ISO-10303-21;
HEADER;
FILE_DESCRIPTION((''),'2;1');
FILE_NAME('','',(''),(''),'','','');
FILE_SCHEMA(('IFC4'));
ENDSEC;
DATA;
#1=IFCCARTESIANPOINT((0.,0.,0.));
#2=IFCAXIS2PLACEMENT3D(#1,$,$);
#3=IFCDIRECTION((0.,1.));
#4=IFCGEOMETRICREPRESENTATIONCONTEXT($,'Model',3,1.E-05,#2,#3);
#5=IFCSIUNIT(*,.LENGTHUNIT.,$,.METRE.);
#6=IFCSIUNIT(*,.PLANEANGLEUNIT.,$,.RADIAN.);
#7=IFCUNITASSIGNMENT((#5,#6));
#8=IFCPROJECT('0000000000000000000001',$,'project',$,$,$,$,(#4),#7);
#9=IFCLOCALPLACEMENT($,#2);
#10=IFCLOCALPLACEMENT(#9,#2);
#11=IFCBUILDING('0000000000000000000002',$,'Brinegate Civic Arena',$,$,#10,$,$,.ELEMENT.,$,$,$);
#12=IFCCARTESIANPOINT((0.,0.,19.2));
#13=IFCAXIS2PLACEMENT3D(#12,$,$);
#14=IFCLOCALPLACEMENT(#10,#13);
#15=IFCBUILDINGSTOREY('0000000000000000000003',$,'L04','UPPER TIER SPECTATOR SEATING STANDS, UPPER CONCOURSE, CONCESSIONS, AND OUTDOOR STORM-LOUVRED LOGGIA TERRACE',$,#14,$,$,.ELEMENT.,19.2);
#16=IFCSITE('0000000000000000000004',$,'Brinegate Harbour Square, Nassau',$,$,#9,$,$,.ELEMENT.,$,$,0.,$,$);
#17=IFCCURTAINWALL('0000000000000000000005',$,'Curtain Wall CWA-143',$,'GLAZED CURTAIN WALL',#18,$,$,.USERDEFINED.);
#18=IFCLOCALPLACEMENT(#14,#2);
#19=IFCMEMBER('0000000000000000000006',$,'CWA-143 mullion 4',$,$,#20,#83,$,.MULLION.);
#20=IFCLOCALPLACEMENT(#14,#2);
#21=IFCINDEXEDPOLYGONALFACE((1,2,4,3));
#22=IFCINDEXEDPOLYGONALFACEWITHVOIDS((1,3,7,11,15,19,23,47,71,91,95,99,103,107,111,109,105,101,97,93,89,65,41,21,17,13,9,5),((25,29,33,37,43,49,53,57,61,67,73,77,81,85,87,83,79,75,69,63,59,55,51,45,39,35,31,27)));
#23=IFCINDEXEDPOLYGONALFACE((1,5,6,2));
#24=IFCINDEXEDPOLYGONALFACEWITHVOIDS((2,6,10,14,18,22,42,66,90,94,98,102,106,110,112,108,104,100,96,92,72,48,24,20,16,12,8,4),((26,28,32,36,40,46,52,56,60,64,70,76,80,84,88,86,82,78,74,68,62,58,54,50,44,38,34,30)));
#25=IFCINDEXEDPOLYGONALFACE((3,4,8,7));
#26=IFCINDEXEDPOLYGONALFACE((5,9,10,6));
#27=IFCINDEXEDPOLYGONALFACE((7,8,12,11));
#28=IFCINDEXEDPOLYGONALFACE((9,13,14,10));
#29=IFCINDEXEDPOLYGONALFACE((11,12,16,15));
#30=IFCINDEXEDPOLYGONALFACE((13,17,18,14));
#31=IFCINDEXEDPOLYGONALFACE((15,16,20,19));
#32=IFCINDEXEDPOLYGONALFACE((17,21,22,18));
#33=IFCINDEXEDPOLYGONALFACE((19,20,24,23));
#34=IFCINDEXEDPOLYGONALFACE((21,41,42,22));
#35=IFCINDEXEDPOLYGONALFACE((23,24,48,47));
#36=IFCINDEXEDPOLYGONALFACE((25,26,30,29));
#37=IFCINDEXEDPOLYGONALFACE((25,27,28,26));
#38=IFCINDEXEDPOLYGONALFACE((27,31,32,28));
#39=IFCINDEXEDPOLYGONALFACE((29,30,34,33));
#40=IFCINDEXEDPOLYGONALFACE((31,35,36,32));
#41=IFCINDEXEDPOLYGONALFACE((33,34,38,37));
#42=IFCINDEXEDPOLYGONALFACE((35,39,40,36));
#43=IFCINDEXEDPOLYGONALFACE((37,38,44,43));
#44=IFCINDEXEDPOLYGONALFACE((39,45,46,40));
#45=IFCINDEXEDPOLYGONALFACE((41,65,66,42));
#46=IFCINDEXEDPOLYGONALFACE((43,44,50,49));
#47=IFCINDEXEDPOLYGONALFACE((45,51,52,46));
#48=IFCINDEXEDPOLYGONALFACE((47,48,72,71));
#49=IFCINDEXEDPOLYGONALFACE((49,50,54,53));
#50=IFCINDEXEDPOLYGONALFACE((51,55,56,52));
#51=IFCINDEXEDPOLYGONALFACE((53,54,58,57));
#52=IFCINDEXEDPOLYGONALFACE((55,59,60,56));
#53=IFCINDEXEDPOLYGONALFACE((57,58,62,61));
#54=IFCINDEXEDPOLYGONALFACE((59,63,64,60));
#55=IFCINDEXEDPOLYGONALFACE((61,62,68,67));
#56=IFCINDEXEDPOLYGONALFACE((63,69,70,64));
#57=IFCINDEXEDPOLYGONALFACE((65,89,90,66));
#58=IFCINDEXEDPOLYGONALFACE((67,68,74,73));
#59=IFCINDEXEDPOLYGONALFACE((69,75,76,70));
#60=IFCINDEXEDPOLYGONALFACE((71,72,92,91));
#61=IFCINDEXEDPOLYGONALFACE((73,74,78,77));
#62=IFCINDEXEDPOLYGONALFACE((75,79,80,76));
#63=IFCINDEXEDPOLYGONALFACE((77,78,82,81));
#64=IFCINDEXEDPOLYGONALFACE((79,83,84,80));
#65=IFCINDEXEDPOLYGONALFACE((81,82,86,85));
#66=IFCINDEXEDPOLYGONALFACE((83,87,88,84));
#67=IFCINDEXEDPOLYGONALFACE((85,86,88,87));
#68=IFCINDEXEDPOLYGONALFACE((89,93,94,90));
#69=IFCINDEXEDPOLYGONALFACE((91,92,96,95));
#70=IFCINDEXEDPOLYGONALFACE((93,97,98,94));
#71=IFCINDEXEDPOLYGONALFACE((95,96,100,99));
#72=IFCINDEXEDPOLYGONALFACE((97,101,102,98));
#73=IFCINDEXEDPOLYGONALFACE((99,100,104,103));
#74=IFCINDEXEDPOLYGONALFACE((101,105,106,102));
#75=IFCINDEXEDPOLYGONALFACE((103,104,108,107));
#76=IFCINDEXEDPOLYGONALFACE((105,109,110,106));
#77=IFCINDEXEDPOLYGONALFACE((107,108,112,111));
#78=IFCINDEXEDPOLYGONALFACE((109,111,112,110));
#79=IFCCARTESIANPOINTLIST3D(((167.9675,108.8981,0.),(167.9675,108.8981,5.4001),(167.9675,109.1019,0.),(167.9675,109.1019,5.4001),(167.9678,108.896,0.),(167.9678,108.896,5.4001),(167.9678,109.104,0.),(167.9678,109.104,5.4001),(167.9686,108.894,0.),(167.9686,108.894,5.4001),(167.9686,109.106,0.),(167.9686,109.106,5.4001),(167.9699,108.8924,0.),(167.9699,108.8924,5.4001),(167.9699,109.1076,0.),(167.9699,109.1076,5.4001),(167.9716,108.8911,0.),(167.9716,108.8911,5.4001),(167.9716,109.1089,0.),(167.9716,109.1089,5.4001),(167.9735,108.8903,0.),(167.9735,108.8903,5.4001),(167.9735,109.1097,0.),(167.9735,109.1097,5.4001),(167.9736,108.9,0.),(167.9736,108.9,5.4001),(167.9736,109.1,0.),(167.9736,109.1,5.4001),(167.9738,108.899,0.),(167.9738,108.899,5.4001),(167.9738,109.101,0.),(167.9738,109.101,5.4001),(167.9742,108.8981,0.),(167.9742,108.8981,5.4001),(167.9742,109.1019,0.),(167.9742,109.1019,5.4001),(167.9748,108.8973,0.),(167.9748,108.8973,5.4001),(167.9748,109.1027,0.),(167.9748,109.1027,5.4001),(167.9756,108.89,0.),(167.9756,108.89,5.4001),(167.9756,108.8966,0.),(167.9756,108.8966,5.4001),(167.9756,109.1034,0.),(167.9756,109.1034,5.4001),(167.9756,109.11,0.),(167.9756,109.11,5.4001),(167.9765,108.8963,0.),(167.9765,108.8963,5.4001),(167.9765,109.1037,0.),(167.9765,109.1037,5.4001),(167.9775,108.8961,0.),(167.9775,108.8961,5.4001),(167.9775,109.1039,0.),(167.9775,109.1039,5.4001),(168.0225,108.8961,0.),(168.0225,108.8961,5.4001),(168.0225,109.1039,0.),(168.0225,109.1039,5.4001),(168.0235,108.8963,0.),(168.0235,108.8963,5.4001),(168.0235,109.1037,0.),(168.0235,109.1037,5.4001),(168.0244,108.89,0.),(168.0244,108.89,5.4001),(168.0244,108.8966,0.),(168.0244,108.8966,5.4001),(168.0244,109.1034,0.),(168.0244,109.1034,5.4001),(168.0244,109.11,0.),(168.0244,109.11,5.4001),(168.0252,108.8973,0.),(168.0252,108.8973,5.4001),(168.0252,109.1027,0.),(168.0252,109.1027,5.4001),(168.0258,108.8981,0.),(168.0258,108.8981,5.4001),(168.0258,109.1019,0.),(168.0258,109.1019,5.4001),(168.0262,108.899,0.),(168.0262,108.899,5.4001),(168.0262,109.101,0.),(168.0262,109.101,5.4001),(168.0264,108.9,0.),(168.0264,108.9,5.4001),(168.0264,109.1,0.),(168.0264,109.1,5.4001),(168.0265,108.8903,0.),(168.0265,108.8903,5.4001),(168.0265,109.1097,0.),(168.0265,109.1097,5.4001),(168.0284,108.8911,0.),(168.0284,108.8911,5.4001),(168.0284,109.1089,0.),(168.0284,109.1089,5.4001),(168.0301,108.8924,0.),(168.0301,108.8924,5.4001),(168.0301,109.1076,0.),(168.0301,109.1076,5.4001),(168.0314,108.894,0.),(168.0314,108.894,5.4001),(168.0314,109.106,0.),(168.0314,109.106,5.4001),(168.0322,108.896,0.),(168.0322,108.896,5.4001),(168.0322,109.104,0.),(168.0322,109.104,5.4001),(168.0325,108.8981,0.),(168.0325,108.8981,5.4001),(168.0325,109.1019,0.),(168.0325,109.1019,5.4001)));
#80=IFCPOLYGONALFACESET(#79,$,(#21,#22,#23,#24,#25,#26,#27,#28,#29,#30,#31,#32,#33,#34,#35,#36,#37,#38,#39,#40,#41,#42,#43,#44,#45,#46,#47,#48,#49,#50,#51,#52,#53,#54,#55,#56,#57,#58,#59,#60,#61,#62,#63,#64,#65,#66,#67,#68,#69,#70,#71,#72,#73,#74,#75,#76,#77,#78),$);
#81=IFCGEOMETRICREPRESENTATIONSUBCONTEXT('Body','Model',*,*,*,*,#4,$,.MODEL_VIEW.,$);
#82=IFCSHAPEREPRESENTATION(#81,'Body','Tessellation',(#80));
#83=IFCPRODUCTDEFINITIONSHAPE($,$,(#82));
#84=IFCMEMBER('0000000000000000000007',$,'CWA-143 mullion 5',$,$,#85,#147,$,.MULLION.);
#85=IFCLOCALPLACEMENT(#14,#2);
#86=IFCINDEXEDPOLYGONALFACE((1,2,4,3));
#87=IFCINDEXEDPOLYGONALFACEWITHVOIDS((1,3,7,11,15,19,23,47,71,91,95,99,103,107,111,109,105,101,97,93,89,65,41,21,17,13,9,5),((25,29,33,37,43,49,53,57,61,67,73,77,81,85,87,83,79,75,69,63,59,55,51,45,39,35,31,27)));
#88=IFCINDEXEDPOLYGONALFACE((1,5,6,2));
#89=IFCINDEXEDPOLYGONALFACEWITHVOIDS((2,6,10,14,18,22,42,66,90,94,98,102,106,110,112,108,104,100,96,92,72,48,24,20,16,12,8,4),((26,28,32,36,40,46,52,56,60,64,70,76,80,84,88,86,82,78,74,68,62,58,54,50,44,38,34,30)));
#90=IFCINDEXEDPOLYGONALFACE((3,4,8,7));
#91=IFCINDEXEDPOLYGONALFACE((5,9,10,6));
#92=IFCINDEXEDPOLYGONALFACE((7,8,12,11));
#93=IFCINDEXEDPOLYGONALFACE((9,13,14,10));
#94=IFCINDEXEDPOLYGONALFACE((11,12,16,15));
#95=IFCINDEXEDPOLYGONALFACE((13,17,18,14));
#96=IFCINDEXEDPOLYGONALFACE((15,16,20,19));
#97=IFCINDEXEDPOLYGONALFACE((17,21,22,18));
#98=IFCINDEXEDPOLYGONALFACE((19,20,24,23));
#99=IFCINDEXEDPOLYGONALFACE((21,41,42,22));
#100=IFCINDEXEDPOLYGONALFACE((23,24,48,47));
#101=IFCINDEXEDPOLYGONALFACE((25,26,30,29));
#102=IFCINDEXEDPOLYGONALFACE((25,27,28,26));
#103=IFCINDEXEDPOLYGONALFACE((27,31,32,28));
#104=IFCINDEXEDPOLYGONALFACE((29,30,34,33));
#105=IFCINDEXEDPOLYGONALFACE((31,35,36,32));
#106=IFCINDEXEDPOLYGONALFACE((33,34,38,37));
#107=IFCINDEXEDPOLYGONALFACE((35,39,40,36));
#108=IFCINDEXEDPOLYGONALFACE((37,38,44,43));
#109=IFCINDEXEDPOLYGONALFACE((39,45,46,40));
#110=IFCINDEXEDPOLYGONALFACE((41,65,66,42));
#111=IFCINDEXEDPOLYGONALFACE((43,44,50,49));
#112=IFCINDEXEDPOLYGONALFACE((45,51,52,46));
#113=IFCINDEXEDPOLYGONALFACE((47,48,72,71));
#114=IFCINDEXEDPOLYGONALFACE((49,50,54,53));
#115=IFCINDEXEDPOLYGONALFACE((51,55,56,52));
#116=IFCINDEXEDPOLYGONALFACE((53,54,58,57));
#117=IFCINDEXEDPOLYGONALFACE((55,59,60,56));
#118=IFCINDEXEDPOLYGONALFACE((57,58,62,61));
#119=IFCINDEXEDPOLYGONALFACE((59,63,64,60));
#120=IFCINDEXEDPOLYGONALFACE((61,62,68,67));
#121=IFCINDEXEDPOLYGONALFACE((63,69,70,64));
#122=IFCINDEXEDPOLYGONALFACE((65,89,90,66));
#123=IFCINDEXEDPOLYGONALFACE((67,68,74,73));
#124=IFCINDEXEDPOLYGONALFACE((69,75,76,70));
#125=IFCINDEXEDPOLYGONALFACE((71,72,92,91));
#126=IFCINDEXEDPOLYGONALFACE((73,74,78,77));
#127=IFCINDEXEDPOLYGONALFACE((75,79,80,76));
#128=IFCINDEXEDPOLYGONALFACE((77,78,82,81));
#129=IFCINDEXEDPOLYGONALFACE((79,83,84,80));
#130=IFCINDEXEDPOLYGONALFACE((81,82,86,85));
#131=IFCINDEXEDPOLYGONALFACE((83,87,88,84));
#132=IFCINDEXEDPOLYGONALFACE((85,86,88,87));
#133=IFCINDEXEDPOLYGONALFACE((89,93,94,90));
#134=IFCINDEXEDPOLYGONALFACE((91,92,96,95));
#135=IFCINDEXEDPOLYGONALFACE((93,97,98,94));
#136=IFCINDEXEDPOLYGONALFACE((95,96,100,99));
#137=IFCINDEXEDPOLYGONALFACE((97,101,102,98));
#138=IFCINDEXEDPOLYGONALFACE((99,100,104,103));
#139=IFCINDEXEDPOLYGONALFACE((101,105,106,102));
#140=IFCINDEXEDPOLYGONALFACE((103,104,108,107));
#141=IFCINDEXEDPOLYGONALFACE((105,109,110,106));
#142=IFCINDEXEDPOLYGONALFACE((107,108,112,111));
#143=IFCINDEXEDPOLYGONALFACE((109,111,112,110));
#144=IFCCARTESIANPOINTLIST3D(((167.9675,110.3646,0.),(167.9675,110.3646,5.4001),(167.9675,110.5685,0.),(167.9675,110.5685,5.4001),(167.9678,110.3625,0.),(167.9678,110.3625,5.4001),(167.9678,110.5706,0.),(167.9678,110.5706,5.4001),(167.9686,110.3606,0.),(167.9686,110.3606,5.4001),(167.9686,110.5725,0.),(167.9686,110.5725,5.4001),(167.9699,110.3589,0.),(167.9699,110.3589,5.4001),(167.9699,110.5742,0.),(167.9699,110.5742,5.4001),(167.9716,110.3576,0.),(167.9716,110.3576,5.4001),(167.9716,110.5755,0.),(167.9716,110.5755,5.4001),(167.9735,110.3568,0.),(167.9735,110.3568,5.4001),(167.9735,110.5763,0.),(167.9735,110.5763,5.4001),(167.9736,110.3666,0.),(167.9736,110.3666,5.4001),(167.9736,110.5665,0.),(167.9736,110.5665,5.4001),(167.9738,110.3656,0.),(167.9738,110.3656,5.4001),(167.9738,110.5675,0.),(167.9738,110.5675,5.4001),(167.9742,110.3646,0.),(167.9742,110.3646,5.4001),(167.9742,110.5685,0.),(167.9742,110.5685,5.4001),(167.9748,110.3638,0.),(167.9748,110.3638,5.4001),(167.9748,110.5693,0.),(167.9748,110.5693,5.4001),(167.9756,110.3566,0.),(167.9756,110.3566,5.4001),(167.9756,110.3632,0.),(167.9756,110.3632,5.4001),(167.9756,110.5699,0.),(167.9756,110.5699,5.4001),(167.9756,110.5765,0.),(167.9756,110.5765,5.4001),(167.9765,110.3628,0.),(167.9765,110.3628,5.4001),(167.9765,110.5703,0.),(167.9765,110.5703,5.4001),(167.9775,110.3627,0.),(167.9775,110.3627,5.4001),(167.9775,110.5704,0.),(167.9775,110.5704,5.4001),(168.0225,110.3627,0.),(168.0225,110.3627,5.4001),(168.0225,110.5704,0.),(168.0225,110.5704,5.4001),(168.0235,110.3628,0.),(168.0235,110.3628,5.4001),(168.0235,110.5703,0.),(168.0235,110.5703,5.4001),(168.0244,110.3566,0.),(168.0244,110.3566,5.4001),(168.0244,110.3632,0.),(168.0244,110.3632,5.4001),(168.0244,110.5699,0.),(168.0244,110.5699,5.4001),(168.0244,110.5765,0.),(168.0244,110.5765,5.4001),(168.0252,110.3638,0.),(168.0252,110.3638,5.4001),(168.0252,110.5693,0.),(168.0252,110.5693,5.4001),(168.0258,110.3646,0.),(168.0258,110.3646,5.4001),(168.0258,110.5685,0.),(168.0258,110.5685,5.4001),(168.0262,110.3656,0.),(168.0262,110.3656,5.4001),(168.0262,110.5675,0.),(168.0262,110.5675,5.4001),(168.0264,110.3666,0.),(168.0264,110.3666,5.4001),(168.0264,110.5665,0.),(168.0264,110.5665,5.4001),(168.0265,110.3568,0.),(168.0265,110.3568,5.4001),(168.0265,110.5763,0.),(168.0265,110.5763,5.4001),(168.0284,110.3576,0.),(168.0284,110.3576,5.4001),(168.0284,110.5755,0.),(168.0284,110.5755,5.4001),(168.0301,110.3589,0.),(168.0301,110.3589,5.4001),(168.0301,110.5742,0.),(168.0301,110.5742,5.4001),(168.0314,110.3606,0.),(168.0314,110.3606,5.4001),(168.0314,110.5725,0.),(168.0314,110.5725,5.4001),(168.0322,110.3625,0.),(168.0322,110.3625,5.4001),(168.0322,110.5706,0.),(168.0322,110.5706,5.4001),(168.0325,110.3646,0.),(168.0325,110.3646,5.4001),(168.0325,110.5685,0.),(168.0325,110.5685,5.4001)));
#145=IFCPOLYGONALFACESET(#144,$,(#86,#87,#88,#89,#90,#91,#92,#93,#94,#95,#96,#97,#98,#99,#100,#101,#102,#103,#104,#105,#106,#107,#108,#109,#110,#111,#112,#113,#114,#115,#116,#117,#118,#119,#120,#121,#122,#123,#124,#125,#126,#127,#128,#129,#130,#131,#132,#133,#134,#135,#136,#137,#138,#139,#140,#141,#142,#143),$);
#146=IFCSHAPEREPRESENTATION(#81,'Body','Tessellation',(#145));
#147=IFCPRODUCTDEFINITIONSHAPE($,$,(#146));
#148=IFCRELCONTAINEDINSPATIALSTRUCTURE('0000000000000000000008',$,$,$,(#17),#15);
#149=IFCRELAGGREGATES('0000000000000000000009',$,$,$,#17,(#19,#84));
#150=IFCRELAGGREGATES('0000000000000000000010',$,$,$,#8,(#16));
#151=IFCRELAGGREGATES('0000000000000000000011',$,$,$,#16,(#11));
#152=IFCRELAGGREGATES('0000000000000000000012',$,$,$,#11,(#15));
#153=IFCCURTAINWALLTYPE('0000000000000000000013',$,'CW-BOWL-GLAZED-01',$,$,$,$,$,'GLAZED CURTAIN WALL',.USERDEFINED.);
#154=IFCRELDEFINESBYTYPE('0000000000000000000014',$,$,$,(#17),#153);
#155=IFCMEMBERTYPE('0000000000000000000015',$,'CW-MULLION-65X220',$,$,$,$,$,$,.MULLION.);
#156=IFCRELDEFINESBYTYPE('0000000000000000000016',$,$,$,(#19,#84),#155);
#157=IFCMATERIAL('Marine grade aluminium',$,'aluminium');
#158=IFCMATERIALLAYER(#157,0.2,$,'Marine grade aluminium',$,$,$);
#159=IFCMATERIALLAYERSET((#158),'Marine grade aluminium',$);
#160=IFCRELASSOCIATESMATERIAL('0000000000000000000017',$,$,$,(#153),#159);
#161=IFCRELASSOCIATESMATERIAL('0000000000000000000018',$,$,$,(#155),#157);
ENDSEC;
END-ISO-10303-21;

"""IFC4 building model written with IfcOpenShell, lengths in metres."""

from ifc_helpers import new_model, si_unit, direction, frame, origin, origin_2d, place, context, subcontext, project, spatial, hollow_rectangle, extrude, material, layer, layer_set, material_profile, profile_set, type_object, element, aggregate, save


model = new_model("IFC4")

# Units and contexts
model_context = context("Model", 3, precision=1e-05, world=origin(), true_north=direction((0.0, 1.0)))
body_context = subcontext(model_context, "Body", "Model", "MODEL_VIEW")
ifc_project = project(units=[si_unit("LENGTHUNIT", "METRE"), si_unit("PLANEANGLEUNIT", "RADIAN")], contexts=[model_context])

# Site, building, storey
site_placement = place(None, origin())
site = spatial("IfcSite", under=ifc_project, at=site_placement, Name="Brinegate Harbour Square, Nassau", CompositionType="ELEMENT", RefElevation=0.0)
building_placement = place(site_placement, origin())
building = spatial("IfcBuilding", under=site, at=building_placement, Name="Brinegate Civic Arena", CompositionType="ELEMENT")
storey_placement = place(building_placement, frame((0.0, 0.0, 19.2)))
storey = spatial("IfcBuildingStorey", under=building, at=storey_placement, Name="L04", Description="UPPER TIER SPECTATOR SEATING STANDS, UPPER CONCOURSE, CONCESSIONS, AND OUTDOOR STORM-LOUVRED LOGGIA TERRACE", CompositionType="ELEMENT", Elevation=19.2)

# Curtain wall, members
ifc_material_1 = material(Name="Marine grade aluminium", Category="aluminium")
ifc_layer_1 = layer(ifc_material_1, 0.2, Name="Marine grade aluminium")
ifc_layer_set_1 = layer_set([ifc_layer_1], Name="Marine grade aluminium")
curtain_wall_type = type_object("IfcCurtainWallType", Name="CW-BOWL-GLAZED-01", ElementType="GLAZED CURTAIN WALL", PredefinedType="USERDEFINED", material=ifc_layer_set_1)
curtain_wall_placement = place(storey_placement, origin())
curtain_wall = element("IfcCurtainWall", 1, at=curtain_wall_placement, inside=storey, type_object=curtain_wall_type, Name="Curtain Wall CWA-143", ObjectType="GLAZED CURTAIN WALL", PredefinedType="USERDEFINED")
ifc_material_profile_1 = material_profile(ifc_material_1, hollow_rectangle(XDim=0.0649, YDim=0.22, WallThickness=0.0061, InnerFilletRadius=0.0039, OuterFilletRadius=0.0081, at=origin_2d()), Name="MUL65X220")
ifc_profile_set_1 = profile_set([ifc_material_profile_1], Name="Marine grade aluminium")
member_type_1 = type_object("IfcMemberType", Name="CW-MULLION-65X220", PredefinedType="MULLION", material=ifc_profile_set_1)
member_1_placement = place(storey_placement, frame((168.0, 109.0, 0.0), z_axis=(0.0, 0.0, 1.0), x_axis=(-1.0, 0.0, 0.0)))
member_1 = element("IfcMember", 2, at=member_1_placement, type_object=member_type_1, Name="CWA-143 mullion 4", PredefinedType="MULLION", context=body_context, shape_type="SweptSolid", body=[
    extrude(hollow_rectangle(XDim=0.0649, YDim=0.22, WallThickness=0.0061, InnerFilletRadius=0.0039, OuterFilletRadius=0.0081, at=origin_2d()), origin(), (0.0, 0.0, 1.0), 5.4001),
])
member_2_placement = place(storey_placement, frame((168.0, 110.4666, 0.0), z_axis=(0.0, 0.0, 1.0), x_axis=(-1.0, 0.0, 0.0)))
member_2 = element("IfcMember", 3, at=member_2_placement, type_object=member_type_1, Name="CWA-143 mullion 5", PredefinedType="MULLION", context=body_context, shape_type="SweptSolid", body=[
    extrude(hollow_rectangle(XDim=0.0649, YDim=0.22, WallThickness=0.0061, InnerFilletRadius=0.0039, OuterFilletRadius=0.0081, at=origin_2d()), origin(), (0.0, 0.0, 1.0), 5.4001),
])
aggregate(curtain_wall, [member_1, member_2])

save(model, "model.ifc")
